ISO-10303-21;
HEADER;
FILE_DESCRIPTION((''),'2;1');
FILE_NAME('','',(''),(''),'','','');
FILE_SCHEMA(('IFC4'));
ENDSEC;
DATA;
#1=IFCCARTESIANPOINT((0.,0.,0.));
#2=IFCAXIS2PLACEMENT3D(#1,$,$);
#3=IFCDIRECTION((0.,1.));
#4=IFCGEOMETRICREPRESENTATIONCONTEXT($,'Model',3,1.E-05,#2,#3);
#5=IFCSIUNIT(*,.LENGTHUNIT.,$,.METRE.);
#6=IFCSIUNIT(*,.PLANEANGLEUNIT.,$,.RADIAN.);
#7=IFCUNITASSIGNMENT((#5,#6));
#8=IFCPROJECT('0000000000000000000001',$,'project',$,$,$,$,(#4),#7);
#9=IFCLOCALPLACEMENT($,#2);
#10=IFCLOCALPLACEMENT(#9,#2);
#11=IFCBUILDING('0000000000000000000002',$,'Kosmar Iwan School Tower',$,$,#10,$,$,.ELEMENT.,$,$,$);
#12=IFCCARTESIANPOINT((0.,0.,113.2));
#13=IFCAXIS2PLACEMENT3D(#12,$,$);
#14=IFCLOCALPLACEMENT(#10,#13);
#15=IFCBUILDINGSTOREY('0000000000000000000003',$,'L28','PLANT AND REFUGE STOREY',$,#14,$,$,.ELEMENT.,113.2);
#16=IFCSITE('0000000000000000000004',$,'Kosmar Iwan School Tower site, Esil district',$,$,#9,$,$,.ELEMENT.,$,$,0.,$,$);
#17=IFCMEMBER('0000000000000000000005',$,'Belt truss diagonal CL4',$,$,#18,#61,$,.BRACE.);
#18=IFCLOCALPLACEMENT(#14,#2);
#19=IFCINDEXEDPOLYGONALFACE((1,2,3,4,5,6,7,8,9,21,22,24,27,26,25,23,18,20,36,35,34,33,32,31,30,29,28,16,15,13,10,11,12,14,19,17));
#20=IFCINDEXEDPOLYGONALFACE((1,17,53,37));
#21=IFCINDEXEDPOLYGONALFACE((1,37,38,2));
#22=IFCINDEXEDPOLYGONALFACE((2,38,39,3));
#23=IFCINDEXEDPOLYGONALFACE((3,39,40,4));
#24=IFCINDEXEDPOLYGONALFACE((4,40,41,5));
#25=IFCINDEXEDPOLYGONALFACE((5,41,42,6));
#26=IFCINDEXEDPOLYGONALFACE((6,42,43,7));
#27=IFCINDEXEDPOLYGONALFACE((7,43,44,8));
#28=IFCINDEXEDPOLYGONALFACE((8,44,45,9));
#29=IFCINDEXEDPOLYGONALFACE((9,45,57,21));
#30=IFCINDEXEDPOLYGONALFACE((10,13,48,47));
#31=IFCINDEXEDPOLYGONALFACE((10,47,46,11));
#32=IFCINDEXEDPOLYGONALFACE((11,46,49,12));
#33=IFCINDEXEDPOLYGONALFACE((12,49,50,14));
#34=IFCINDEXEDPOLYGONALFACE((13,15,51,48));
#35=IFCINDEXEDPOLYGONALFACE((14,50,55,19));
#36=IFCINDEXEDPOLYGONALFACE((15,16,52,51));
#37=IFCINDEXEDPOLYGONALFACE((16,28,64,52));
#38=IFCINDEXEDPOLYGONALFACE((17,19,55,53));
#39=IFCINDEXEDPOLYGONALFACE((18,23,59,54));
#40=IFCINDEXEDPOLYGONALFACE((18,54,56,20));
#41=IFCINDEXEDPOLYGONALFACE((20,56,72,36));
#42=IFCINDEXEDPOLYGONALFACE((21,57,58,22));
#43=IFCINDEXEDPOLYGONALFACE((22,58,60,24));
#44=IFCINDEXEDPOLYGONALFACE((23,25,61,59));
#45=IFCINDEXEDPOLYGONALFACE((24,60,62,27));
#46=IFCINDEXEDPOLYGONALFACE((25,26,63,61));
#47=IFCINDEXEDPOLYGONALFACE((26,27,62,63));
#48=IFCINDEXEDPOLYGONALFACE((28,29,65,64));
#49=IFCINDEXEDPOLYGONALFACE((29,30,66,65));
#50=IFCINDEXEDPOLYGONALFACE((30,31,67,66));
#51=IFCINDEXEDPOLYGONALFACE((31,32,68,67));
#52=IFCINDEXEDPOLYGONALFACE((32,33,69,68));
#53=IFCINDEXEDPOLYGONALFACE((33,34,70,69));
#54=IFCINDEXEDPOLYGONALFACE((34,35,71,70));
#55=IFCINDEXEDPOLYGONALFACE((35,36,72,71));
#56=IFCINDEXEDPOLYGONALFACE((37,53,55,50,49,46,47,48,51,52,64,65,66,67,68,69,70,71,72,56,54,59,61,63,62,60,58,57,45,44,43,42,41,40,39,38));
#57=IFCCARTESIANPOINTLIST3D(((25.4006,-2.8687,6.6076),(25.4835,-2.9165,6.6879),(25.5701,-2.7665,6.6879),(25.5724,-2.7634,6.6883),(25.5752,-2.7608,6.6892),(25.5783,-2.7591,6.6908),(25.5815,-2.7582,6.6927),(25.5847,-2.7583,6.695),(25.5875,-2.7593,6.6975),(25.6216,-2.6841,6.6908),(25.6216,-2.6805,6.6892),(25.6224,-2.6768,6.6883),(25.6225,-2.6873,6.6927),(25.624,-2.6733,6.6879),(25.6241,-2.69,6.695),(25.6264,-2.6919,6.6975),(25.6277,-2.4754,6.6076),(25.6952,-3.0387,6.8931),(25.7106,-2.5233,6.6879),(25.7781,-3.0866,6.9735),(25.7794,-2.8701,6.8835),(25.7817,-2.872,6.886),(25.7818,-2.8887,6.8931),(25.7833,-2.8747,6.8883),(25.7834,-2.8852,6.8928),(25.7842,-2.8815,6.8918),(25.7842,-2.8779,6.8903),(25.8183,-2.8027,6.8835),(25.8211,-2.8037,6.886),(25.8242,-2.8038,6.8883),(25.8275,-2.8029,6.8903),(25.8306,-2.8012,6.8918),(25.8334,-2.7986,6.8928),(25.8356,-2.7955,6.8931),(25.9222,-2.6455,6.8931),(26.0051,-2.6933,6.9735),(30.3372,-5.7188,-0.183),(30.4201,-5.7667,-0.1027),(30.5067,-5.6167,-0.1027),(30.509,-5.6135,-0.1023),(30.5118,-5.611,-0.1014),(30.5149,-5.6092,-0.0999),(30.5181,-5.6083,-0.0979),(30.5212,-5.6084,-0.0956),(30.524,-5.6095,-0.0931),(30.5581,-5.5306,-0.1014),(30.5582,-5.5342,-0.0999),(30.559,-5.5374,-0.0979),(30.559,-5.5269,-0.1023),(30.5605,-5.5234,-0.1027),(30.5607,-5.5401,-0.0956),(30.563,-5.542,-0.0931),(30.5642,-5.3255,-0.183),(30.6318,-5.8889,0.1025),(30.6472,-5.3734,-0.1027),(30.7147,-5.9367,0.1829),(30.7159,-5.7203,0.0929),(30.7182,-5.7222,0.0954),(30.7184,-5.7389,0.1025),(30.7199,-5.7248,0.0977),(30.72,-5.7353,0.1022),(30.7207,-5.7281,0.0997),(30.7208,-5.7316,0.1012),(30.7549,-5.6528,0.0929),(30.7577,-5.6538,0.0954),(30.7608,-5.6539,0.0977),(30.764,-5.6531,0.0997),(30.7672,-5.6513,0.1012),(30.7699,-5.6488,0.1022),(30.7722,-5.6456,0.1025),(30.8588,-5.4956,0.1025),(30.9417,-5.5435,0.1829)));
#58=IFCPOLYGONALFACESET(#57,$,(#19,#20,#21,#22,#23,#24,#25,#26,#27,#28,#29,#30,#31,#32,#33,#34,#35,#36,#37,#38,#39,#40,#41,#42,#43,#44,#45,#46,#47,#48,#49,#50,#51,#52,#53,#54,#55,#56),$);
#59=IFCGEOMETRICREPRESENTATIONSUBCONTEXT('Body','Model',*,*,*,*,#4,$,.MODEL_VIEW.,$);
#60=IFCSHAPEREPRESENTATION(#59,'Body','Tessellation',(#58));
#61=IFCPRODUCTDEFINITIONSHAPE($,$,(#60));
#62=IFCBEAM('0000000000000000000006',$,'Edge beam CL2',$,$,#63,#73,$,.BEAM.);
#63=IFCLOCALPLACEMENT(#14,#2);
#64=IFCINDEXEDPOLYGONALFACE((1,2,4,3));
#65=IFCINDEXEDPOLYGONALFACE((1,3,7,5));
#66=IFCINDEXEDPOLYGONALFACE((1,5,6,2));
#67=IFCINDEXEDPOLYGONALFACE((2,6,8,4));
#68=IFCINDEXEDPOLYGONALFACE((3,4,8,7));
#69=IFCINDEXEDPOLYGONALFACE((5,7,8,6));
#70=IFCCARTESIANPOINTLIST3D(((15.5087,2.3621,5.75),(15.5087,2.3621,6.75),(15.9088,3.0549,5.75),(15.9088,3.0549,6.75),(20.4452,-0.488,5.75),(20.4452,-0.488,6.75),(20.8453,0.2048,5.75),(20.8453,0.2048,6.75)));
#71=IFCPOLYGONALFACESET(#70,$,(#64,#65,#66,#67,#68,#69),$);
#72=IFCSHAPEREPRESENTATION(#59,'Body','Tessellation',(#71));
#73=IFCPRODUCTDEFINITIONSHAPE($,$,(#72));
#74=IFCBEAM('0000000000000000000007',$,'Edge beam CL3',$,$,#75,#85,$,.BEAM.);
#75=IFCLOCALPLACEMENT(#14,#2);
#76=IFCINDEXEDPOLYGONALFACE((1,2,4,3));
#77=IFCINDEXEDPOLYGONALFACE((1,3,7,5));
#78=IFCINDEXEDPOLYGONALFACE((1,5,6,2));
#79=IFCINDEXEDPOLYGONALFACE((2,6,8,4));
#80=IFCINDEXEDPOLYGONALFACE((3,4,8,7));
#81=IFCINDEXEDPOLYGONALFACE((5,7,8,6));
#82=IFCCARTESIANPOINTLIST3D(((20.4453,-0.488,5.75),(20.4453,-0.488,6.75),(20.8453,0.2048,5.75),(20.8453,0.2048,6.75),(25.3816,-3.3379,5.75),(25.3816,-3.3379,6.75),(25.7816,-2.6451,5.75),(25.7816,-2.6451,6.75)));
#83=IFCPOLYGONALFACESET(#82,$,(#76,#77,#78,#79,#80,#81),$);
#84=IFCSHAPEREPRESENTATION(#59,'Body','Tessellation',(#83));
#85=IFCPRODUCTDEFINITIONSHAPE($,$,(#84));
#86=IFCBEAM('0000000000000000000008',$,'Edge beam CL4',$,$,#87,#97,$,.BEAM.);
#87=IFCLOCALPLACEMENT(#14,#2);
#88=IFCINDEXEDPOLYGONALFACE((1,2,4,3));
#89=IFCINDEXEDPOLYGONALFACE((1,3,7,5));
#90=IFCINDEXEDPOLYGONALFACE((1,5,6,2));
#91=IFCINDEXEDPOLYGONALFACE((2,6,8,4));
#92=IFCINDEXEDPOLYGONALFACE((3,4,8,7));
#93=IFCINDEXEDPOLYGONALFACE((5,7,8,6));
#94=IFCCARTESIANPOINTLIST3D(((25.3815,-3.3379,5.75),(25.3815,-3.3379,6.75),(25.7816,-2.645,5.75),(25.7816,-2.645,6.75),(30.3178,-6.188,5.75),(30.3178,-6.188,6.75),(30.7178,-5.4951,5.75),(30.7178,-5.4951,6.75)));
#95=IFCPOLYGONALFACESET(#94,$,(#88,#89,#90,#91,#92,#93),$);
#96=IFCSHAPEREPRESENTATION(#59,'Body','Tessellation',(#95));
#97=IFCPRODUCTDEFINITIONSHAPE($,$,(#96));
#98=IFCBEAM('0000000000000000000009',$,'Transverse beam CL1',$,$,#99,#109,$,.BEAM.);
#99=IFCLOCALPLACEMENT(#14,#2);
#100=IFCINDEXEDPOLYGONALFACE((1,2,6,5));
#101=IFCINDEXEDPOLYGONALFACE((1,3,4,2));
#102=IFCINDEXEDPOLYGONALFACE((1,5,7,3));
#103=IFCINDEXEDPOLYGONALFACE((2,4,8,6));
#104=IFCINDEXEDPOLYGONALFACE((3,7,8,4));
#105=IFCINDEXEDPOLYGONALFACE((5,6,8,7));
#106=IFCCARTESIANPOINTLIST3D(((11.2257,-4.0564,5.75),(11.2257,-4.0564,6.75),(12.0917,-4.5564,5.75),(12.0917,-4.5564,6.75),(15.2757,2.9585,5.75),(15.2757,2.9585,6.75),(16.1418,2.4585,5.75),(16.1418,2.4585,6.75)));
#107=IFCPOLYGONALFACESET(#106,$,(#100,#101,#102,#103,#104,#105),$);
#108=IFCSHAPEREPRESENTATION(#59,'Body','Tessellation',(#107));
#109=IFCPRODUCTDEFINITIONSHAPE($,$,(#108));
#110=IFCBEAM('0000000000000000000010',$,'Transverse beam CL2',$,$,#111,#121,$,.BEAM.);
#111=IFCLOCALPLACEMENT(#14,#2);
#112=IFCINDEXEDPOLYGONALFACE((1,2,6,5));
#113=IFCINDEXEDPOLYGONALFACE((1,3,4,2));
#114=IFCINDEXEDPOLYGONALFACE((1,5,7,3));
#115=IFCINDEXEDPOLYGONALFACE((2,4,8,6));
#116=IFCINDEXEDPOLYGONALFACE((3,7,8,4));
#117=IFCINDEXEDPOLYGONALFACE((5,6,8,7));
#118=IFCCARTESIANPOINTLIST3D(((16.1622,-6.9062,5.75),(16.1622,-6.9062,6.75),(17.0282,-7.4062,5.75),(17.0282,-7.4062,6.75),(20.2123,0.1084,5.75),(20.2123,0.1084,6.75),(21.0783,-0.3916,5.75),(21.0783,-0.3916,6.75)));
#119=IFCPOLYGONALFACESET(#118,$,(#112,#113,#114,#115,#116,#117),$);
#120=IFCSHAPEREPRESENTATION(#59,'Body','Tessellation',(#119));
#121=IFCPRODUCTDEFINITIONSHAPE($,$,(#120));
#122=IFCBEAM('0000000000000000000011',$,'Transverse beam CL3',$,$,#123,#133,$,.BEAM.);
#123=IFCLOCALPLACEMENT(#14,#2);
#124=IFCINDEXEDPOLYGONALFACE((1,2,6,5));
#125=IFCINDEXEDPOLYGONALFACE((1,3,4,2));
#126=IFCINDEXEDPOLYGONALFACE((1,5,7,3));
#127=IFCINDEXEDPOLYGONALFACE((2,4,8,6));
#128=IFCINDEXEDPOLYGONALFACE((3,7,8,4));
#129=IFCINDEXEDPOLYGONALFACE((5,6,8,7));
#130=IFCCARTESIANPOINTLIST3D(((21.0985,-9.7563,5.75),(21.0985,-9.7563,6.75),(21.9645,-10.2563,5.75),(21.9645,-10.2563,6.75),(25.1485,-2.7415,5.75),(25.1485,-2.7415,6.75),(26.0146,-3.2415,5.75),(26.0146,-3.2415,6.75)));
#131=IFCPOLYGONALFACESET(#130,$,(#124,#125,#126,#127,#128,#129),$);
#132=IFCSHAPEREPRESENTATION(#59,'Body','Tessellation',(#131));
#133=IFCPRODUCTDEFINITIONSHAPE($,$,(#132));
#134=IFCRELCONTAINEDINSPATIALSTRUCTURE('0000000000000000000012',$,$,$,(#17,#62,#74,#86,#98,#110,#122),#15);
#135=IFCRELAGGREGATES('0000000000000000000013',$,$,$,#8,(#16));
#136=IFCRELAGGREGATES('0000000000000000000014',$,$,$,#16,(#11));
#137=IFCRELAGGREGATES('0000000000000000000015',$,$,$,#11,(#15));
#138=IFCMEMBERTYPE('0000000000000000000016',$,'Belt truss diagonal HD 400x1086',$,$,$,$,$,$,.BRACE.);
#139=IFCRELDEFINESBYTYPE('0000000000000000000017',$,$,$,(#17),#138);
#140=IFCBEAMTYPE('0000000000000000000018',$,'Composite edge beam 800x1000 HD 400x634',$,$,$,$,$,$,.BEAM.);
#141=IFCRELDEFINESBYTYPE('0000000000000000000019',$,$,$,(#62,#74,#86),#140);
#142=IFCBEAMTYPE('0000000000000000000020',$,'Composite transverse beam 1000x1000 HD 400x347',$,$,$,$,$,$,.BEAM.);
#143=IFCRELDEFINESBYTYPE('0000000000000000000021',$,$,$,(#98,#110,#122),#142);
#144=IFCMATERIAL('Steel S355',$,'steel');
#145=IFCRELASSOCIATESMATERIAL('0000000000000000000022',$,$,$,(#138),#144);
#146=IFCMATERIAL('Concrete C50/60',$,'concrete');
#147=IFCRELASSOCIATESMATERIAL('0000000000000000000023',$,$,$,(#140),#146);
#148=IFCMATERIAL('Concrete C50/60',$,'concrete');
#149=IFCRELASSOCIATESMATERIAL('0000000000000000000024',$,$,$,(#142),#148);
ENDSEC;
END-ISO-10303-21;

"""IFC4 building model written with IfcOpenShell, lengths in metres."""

from ifc_helpers import new_model, si_unit, direction, frame, origin, origin_2d, place, context, subcontext, project, spatial, rectangle, i_section, extrude, material, material_profile, profile_set, type_object, element, save


model = new_model("IFC4")

# Units and contexts
model_context = context("Model", 3, precision=1e-05, world=origin(), true_north=direction((0.0, 1.0)))
body_context = subcontext(model_context, "Body", "Model", "MODEL_VIEW")
ifc_project = project(units=[si_unit("LENGTHUNIT", "METRE"), si_unit("PLANEANGLEUNIT", "RADIAN")], contexts=[model_context])

# Site, building, storey
site_placement = place(None, origin())
site = spatial("IfcSite", under=ifc_project, at=site_placement, Name="Kosmar Iwan School Tower site, Esil district", CompositionType="ELEMENT", RefElevation=0.0)
building_placement = place(site_placement, origin())
building = spatial("IfcBuilding", under=site, at=building_placement, Name="Kosmar Iwan School Tower", CompositionType="ELEMENT")
storey_placement = place(building_placement, frame((0.0, 0.0, 113.2)))
storey = spatial("IfcBuildingStorey", under=building, at=storey_placement, Name="L28", Description="PLANT AND REFUGE STOREY", CompositionType="ELEMENT", Elevation=113.2)

# Member
ifc_material_1 = material(Name="Steel S355", Category="steel")
ifc_material_profile_1 = material_profile(ifc_material_1, i_section(OverallWidth=0.4541, OverallDepth=0.5691, WebThickness=0.0779, FlangeThickness=0.125, FilletRadius=0.0149, at=origin_2d()), Name="HD 400x1086")
ifc_profile_set_1 = profile_set([ifc_material_profile_1], Name="Steel S355")
member_type = type_object("IfcMemberType", Name="Belt truss diagonal HD 400x1086", PredefinedType="BRACE", material=ifc_profile_set_1)
member_placement = place(storey_placement, frame((25.7029, -2.781, 6.7905), z_axis=(0.556801, -0.321469, -0.765918), x_axis=(0.499999, 0.866026, 0.0)))
element("IfcMember", 1, at=member_placement, inside=storey, type_object=member_type, Name="Belt truss diagonal CL4", PredefinedType="BRACE", context=body_context, shape_type="SweptSolid", body=[
    extrude(i_section(OverallWidth=0.4541, OverallDepth=0.5691, WebThickness=0.0779, FlangeThickness=0.125, FilletRadius=0.0149, at=origin_2d()), origin(), (0.0, 0.0, 1.0), 8.866),
])

# Beams
ifc_material_2 = material(Name="Concrete C50/60", Category="concrete")
ifc_material_profile_2 = material_profile(ifc_material_2, rectangle(XDim=0.8, YDim=1.0, at=origin_2d()), Name="RC 800x1000 + HD 400x634")
ifc_profile_set_2 = profile_set([ifc_material_profile_2], Name="Concrete C50/60")
beam_type_1 = type_object("IfcBeamType", Name="Composite edge beam 800x1000 HD 400x634", PredefinedType="BEAM", material=ifc_profile_set_2)
beam_1_placement = place(storey_placement, frame((15.7087, 2.7085, 6.25), z_axis=(0.866026, -0.499999, 0.0), x_axis=(0.499999, 0.866026, 0.0)))
element("IfcBeam", 2, at=beam_1_placement, inside=storey, type_object=beam_type_1, Name="Edge beam CL2", PredefinedType="BEAM", context=body_context, shape_type="SweptSolid", body=[
    extrude(rectangle(XDim=0.8, YDim=1.0, at=origin_2d()), origin(), (0.0, 0.0, 1.0), 5.7002),
])
for number, where, z_axis, x_axis, name in (
    (3, (20.6453, -0.1416, 6.25), (0.866034, -0.499986, 0.0), (0.499986, 0.866034, 0.0), "Edge beam CL3"),
    (4, (25.5815, -2.9915, 6.25), (0.866015, -0.500018, 0.0), (0.500018, 0.866015, 0.0), "Edge beam CL4"),
):
    element("IfcBeam", number, at=place(storey_placement, frame(where, z_axis=z_axis, x_axis=x_axis)), inside=storey, type_object=beam_type_1, Name=name, PredefinedType="BEAM", context=body_context, shape_type="SweptSolid", body=[
        extrude(rectangle(XDim=0.8, YDim=1.0, at=origin_2d()), origin(), (0.0, 0.0, 1.0), 5.7),
    ])
ifc_material_3 = material(Name="Concrete C50/60", Category="concrete")
ifc_material_profile_3 = material_profile(ifc_material_3, rectangle(XDim=1.0, YDim=1.0, at=origin_2d()), Name="RC 1000x1000 + HD 400x347")
ifc_profile_set_3 = profile_set([ifc_material_profile_3], Name="Concrete C50/60")
beam_type_2 = type_object("IfcBeamType", Name="Composite transverse beam 1000x1000 HD 400x347", PredefinedType="BEAM", material=ifc_profile_set_3)
beam_2_placement = place(storey_placement, frame((15.7087, 2.7085, 6.25), z_axis=(-0.5, -0.866025, 0.0), x_axis=(0.866025, -0.5, 0.0)))
element("IfcBeam", 5, at=beam_2_placement, inside=storey, type_object=beam_type_2, Name="Transverse beam CL1", PredefinedType="BEAM", context=body_context, shape_type="SweptSolid", body=[
    extrude(rectangle(XDim=1.0, YDim=1.0, at=origin_2d()), origin(), (0.0, 0.0, 1.0), 8.1001),
])
beam_3_placement = place(storey_placement, frame((20.6453, -0.1416, 6.25), z_axis=(-0.500013, -0.866018, 0.0), x_axis=(0.866018, -0.500013, 0.0)))
element("IfcBeam", 6, at=beam_3_placement, inside=storey, type_object=beam_type_2, Name="Transverse beam CL2", PredefinedType="BEAM", context=body_context, shape_type="SweptSolid", body=[
    extrude(rectangle(XDim=1.0, YDim=1.0, at=origin_2d()), origin(), (0.0, 0.0, 1.0), 8.0999),
])
beam_4_placement = place(storey_placement, frame((25.5815, -2.9915, 6.25), z_axis=(-0.5, -0.866025, 0.0), x_axis=(0.866025, -0.5, 0.0)))
element("IfcBeam", 7, at=beam_4_placement, inside=storey, type_object=beam_type_2, Name="Transverse beam CL3", PredefinedType="BEAM", context=body_context, shape_type="SweptSolid", body=[
    extrude(rectangle(XDim=1.0, YDim=1.0, at=origin_2d()), origin(), (0.0, 0.0, 1.0), 8.1001),
])

save(model, "model.ifc")
